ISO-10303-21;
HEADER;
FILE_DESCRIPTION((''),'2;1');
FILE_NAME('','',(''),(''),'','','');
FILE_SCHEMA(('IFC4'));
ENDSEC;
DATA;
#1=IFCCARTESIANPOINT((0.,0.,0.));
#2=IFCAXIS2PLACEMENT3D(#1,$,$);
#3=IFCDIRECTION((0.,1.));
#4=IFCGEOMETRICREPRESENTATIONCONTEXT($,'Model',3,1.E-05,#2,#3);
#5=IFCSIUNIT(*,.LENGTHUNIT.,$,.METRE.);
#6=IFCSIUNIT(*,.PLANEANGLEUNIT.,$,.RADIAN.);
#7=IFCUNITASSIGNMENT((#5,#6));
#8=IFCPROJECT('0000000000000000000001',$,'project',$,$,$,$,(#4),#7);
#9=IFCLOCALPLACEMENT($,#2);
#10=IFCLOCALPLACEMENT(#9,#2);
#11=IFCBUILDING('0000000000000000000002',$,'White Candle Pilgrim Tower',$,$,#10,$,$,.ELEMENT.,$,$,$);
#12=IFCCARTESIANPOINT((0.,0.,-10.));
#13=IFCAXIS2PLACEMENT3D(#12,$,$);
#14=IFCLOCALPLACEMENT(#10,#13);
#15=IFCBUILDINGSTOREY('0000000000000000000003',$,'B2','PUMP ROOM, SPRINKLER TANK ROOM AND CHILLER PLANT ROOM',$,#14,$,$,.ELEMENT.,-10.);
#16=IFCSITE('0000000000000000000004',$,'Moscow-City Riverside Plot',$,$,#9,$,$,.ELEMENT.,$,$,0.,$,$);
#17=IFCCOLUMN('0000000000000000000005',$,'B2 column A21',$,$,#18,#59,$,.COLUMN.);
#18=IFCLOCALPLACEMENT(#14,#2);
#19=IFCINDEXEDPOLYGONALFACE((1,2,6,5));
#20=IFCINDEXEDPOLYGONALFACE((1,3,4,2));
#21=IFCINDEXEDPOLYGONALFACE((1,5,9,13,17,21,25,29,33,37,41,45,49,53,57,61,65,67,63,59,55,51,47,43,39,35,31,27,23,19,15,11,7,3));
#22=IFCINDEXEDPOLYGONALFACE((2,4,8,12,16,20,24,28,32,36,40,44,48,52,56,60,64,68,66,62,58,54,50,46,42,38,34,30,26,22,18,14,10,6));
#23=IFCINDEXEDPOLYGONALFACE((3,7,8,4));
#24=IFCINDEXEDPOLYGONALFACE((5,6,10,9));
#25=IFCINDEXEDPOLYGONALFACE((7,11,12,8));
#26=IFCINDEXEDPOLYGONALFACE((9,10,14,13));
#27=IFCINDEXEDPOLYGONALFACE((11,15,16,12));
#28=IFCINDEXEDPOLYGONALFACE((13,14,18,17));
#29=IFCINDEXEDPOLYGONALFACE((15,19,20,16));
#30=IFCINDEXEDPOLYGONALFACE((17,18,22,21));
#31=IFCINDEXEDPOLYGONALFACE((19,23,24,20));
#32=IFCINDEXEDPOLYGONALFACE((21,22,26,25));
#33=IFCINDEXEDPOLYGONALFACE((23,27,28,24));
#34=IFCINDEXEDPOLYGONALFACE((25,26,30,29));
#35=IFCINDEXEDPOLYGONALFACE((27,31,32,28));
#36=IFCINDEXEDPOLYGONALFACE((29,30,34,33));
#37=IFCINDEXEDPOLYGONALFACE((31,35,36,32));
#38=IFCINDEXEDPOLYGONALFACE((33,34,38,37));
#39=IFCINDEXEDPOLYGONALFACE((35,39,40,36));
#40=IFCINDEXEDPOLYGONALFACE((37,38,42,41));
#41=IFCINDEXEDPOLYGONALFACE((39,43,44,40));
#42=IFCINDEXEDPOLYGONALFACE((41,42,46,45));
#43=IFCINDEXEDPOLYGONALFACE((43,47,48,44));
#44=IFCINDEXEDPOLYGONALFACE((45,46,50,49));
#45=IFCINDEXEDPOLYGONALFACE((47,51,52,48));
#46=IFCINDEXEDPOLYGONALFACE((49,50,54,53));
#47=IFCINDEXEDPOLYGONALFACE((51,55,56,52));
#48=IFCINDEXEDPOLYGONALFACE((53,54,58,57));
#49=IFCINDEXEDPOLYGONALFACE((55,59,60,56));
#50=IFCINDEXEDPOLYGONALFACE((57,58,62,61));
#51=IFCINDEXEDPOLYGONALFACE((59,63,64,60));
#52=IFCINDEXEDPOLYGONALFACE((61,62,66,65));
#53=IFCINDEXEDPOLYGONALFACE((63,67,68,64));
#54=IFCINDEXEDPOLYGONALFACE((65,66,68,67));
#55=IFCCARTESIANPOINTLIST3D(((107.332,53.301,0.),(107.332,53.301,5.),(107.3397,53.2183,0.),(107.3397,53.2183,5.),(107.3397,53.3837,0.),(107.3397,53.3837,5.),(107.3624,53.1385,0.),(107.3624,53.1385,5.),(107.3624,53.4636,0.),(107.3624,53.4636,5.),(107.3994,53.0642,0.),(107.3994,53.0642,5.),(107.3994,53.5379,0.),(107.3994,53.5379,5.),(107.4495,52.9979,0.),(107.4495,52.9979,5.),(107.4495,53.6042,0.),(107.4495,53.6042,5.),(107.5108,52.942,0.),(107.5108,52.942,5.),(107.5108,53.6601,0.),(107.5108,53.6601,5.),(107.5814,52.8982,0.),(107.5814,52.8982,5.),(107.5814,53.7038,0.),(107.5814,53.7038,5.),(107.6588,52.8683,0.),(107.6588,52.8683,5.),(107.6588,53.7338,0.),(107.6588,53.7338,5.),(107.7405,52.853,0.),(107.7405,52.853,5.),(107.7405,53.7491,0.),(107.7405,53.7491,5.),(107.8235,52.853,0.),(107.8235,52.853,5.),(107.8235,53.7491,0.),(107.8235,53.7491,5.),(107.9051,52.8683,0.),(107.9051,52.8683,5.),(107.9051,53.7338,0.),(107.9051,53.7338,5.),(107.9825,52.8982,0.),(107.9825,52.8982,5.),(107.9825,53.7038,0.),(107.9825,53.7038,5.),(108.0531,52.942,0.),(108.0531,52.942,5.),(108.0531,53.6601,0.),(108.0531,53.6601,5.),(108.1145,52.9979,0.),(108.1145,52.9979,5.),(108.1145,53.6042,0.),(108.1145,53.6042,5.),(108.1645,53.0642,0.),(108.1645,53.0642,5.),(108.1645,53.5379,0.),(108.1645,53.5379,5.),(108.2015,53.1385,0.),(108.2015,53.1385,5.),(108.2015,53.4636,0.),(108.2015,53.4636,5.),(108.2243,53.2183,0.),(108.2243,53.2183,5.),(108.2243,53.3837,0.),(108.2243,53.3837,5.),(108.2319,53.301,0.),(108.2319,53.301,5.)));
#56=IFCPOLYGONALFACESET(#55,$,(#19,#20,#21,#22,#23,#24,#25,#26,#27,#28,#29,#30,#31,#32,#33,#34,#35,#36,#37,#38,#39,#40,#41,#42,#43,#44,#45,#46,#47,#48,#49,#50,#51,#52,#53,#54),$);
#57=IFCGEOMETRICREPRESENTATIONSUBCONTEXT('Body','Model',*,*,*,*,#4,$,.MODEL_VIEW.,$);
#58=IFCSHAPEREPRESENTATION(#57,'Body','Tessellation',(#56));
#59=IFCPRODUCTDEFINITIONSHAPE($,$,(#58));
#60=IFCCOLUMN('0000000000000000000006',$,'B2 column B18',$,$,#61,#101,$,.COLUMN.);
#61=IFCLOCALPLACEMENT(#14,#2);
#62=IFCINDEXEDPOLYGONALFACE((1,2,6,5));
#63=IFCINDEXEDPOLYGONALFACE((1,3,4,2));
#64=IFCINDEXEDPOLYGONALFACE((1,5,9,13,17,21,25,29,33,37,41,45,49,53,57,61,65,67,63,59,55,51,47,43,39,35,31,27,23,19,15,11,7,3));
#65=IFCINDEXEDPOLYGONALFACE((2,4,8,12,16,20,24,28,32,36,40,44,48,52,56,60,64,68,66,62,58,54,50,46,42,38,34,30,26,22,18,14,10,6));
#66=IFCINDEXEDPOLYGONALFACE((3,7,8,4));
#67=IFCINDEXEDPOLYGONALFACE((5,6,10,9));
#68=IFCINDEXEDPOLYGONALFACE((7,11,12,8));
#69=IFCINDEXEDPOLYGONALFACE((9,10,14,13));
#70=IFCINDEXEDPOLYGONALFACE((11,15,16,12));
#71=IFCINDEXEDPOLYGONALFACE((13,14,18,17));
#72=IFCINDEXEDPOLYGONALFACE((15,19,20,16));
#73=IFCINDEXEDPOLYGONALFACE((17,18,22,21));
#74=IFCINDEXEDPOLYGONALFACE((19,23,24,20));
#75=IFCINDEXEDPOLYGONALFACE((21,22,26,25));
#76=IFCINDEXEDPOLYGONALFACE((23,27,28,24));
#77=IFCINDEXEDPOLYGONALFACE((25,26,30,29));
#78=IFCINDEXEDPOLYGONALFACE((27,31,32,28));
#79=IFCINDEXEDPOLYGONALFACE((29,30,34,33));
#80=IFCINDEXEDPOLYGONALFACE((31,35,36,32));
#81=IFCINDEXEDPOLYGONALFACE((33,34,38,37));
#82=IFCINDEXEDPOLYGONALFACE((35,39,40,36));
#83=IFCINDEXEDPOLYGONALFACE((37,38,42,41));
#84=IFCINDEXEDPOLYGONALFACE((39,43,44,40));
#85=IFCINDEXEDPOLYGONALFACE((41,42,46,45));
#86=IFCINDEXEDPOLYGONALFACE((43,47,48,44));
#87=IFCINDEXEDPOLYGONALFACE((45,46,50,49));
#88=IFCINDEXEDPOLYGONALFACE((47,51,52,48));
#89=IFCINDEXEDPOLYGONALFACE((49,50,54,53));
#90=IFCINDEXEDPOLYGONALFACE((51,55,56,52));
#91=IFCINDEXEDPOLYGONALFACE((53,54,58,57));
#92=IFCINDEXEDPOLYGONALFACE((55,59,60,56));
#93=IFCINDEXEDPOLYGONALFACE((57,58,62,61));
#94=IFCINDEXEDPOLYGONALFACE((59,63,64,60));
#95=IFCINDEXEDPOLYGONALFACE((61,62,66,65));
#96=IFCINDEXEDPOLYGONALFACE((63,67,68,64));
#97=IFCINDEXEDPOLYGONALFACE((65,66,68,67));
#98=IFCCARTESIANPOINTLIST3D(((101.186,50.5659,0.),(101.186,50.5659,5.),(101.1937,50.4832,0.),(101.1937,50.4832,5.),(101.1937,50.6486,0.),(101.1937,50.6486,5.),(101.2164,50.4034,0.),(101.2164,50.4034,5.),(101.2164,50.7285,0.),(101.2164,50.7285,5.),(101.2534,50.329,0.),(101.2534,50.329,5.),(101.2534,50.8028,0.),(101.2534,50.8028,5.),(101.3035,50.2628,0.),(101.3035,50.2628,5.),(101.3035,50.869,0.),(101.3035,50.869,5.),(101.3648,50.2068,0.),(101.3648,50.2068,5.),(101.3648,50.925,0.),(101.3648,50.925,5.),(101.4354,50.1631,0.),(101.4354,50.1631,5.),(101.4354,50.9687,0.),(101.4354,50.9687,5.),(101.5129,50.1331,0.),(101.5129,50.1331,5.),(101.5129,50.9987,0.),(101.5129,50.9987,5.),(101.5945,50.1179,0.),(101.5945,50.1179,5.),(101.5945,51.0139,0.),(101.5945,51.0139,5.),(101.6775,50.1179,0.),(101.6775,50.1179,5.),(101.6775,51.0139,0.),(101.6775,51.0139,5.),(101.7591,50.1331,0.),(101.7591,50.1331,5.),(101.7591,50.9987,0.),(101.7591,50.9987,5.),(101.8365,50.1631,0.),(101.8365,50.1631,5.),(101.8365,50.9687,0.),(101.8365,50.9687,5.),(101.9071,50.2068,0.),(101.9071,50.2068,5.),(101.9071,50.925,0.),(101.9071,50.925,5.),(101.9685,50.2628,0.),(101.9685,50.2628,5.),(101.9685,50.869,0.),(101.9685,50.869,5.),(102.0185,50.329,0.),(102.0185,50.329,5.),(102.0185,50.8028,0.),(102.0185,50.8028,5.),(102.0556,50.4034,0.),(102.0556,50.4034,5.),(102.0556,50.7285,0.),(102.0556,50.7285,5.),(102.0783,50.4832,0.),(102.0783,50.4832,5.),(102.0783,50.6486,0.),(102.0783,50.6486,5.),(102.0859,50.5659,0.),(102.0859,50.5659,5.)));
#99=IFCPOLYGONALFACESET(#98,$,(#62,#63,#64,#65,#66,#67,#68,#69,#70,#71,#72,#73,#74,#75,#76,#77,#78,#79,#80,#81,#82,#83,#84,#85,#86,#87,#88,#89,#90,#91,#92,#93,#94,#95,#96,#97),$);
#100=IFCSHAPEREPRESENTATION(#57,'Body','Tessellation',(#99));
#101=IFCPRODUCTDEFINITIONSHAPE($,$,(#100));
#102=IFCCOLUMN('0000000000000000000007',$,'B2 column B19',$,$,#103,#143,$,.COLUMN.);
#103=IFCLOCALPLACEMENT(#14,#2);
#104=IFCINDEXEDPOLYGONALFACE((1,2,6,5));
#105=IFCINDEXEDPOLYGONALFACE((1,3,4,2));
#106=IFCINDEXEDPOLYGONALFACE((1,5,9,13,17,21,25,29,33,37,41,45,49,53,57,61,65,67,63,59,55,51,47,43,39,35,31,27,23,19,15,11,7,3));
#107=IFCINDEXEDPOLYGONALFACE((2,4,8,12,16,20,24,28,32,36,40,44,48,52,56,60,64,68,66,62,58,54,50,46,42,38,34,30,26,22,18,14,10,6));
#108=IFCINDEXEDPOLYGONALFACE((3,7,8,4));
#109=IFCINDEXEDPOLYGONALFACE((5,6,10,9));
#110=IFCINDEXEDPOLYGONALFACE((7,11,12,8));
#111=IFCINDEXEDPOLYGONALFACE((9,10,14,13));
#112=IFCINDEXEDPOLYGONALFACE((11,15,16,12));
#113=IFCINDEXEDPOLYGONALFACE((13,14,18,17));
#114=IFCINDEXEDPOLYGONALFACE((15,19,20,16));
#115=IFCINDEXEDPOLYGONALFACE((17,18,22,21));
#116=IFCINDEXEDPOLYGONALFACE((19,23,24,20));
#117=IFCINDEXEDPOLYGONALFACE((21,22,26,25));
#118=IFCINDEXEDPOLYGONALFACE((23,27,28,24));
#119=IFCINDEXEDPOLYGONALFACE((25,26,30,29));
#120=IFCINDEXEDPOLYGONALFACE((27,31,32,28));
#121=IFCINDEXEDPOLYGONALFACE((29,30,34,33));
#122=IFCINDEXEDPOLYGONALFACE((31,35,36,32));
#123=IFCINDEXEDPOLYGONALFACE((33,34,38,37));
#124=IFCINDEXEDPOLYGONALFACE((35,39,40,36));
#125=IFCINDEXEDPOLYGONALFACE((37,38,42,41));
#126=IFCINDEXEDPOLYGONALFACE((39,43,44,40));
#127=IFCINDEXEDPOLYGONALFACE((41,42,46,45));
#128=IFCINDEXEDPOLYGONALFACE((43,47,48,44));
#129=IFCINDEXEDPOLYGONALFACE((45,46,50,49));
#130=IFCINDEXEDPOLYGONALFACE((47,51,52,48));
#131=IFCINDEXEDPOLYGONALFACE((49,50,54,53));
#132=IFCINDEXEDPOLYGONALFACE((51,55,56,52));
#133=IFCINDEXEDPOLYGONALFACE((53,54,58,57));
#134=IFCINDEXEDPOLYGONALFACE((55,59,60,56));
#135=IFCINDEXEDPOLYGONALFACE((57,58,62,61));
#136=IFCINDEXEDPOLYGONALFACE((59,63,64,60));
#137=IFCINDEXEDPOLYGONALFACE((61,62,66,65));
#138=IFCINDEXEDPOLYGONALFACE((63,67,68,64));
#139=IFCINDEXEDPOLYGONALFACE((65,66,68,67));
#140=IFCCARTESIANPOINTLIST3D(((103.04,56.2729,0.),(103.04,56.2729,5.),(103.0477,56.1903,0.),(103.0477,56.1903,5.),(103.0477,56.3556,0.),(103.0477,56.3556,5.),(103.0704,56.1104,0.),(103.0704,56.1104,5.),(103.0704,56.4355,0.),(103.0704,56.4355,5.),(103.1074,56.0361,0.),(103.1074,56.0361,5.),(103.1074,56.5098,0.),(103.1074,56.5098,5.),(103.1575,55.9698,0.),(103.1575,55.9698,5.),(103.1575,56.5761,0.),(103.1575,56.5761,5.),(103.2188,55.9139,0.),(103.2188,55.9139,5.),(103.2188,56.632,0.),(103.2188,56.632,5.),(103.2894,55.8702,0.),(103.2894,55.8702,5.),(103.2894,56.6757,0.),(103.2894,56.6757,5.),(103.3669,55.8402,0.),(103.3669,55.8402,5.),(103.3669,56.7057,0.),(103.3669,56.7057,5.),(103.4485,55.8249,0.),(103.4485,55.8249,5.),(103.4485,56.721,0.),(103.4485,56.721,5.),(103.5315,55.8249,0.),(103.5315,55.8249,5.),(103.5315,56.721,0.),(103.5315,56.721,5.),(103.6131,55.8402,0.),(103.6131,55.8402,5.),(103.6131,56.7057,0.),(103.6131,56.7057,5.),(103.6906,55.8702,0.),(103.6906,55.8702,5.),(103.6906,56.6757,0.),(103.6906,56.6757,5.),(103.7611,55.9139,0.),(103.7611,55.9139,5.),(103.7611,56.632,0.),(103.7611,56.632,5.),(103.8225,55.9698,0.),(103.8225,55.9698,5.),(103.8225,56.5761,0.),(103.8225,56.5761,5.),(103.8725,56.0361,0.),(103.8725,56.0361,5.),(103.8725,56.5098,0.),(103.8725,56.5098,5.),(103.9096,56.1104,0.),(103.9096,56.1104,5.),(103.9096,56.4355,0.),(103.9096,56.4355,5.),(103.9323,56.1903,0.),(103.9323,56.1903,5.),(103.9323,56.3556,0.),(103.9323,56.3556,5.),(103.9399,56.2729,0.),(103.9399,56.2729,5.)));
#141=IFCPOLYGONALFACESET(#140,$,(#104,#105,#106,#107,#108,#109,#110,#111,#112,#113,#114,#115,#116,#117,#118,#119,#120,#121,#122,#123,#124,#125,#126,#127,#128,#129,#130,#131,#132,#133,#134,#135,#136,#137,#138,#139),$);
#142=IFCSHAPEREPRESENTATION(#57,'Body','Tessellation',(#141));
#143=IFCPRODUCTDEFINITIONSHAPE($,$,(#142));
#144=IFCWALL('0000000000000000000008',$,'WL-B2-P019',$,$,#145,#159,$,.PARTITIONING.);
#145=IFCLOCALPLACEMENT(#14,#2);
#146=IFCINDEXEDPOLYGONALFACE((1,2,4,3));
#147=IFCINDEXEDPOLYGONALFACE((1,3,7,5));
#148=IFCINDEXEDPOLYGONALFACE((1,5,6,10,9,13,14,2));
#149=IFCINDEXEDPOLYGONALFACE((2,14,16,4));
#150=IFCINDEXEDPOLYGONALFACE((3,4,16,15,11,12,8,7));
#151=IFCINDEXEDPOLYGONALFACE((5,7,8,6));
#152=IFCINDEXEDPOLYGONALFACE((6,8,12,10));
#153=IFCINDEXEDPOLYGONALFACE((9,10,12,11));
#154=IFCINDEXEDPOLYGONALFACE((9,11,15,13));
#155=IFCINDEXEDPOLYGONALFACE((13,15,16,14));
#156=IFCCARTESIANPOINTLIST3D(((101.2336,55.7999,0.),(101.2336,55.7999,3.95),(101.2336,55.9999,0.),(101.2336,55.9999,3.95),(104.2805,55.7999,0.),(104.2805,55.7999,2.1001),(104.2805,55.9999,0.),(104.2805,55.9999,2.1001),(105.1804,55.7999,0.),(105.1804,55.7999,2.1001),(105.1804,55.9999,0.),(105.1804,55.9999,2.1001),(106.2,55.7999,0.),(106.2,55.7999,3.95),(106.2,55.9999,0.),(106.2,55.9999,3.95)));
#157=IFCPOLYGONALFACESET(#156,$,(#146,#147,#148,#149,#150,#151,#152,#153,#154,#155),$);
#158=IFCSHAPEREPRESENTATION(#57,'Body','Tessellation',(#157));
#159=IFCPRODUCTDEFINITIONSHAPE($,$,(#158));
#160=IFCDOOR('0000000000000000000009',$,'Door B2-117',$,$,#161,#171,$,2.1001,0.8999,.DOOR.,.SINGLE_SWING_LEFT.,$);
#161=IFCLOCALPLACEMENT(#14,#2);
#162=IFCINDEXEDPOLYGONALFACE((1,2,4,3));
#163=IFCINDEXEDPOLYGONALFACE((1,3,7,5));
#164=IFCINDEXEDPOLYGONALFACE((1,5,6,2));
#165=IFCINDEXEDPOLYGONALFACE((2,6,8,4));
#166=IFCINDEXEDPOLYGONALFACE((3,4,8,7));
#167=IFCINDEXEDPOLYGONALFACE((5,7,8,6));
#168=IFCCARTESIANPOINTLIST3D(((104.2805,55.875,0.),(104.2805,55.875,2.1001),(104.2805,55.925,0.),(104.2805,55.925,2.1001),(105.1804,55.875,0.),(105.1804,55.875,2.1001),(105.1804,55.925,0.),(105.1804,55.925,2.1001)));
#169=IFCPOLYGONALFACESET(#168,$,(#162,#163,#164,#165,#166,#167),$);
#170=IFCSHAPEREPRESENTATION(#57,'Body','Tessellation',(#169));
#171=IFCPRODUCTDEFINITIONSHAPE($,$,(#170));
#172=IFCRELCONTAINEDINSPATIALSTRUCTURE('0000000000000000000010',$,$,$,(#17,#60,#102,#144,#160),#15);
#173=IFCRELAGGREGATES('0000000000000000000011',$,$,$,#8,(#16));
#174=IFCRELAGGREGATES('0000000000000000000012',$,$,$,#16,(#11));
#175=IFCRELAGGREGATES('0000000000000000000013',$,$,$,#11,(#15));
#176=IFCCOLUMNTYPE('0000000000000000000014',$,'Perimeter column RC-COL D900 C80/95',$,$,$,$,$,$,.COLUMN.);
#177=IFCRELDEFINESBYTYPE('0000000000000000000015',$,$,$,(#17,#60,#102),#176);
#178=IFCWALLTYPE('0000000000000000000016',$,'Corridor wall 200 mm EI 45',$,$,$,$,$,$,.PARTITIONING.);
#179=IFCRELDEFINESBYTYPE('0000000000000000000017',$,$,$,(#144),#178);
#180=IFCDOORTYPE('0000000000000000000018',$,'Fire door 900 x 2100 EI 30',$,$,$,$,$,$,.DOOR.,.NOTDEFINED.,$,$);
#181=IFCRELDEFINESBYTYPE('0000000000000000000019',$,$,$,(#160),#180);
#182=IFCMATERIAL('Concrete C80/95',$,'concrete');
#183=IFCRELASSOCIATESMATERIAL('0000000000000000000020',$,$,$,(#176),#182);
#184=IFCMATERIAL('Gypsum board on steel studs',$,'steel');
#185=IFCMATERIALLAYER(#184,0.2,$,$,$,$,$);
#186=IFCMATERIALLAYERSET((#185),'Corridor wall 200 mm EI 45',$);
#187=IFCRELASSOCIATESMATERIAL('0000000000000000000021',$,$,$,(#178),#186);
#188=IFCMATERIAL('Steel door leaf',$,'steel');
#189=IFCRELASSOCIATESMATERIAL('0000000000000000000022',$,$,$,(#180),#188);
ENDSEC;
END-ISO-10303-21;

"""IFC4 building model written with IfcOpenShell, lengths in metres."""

from ifc_helpers import new_model, si_unit, direction, frame, frame_2d, origin, origin_2d, place, context, subcontext, project, spatial, rectangle, circle, extrude, material, layer, layer_set, material_profile, profile_set, type_object, element, fill, save


model = new_model("IFC4")

# Units and contexts
model_context = context("Model", 3, precision=1e-05, world=origin(), true_north=direction((0.0, 1.0)))
body_context = subcontext(model_context, "Body", "Model", "MODEL_VIEW")
ifc_project = project(units=[si_unit("LENGTHUNIT", "METRE"), si_unit("PLANEANGLEUNIT", "RADIAN")], contexts=[model_context])

# Site, building, storey
site_placement = place(None, origin())
site = spatial("IfcSite", under=ifc_project, at=site_placement, Name="Moscow-City Riverside Plot", CompositionType="ELEMENT", RefElevation=0.0)
building_placement = place(site_placement, origin())
building = spatial("IfcBuilding", under=site, at=building_placement, Name="White Candle Pilgrim Tower", CompositionType="ELEMENT")
storey_placement = place(building_placement, frame((0.0, 0.0, -10.0)))
storey = spatial("IfcBuildingStorey", under=building, at=storey_placement, Name="B2", Description="PUMP ROOM, SPRINKLER TANK ROOM AND CHILLER PLANT ROOM", CompositionType="ELEMENT", Elevation=-10.0)

# Columns
ifc_material_1 = material(Name="Concrete C80/95", Category="concrete")
ifc_material_profile_1 = material_profile(ifc_material_1, circle(Radius=0.45, at=origin_2d()), Name="RC-COL D900")
ifc_profile_set_1 = profile_set([ifc_material_profile_1], Name="Concrete C80/95")
column_type = type_object("IfcColumnType", Name="Perimeter column RC-COL D900 C80/95", PredefinedType="COLUMN", material=ifc_profile_set_1)
for number, where, z_axis, x_axis, name in (
    (1, (107.782, 53.301, 0.0), (0.0, 0.0, 1.0), (1.0, 0.0, 0.0), "B2 column A21"),
    (2, (101.636, 50.5659, 0.0), (0.0, 0.0, 1.0), (1.0, 0.0, 0.0), "B2 column B18"),
    (3, (103.49, 56.2729, 0.0), (0.0, 0.0, 1.0), (1.0, 0.0, 0.0), "B2 column B19"),
):
    element("IfcColumn", number, at=place(storey_placement, frame(where, z_axis=z_axis, x_axis=x_axis)), inside=storey, type_object=column_type, Name=name, PredefinedType="COLUMN", context=body_context, shape_type="SweptSolid", body=[
        extrude(circle(Radius=0.45, at=origin_2d()), origin(), (0.0, 0.0, 1.0), 5.0),
    ])

# Wall, opening, door
ifc_material_2 = material(Name="Gypsum board on steel studs", Category="steel")
ifc_layer_1 = layer(ifc_material_2, 0.2)
ifc_layer_set_1 = layer_set([ifc_layer_1], Name="Corridor wall 200 mm EI 45")
wall_type_1 = type_object("IfcWallType", Name="Corridor wall 200 mm EI 45", PredefinedType="PARTITIONING", material=ifc_layer_set_1)
wall_1_placement = place(storey_placement, frame((106.2, 55.8999, 0.0), z_axis=(0.0, 0.0, 1.0), x_axis=(-1.0, 0.0, 0.0)))
wall_1 = element("IfcWall", 4, at=wall_1_placement, inside=storey, type_object=wall_type_1, Name="WL-B2-P019", PredefinedType="PARTITIONING", context=body_context, shape_type="SweptSolid", body=[
    extrude(rectangle(XDim=4.9663, YDim=0.2, at=frame_2d((2.4832, 0.0))), origin(), (0.0, 0.0, 1.0), 3.95),
])
opening_1_placement = place(wall_1_placement, frame((1.0195, 0.0, 0.0)))
opening_1 = element("IfcOpeningElement", 5, at=opening_1_placement, cuts=wall_1, PredefinedType="OPENING", context=body_context, shape_type="SweptSolid", body=[
    extrude(rectangle(XDim=0.8999, YDim=2.1001, at=frame_2d((0.45, 1.05))), frame((0.0, 0.1099, 0.0), z_axis=(0.0, -1.0, 0.0), x_axis=(1.0, 0.0, 0.0)), (0.0, 0.0, 1.0), 0.22),
])
ifc_material_3 = material(Name="Steel door leaf", Category="steel")
door_type = type_object("IfcDoorType", Name="Fire door 900 x 2100 EI 30", OperationType="NOTDEFINED", PredefinedType="DOOR", material=ifc_material_3)
door_1_placement = place(opening_1_placement, origin())
door_1 = element("IfcDoor", 6, at=door_1_placement, inside=storey, type_object=door_type, Name="Door B2-117", OperationType="SINGLE_SWING_LEFT", OverallHeight=2.1001, OverallWidth=0.8999, PredefinedType="DOOR", context=body_context, shape_type="SweptSolid", body=[
    extrude(rectangle(XDim=0.8999, YDim=2.1001, at=frame_2d((0.45, 1.05))), frame((0.0, 0.0249, 0.0), z_axis=(0.0, -1.0, 0.0), x_axis=(1.0, 0.0, 0.0)), (0.0, 0.0, 1.0), 0.05),
])
fill(opening_1, door_1)

save(model, "model.ifc")
